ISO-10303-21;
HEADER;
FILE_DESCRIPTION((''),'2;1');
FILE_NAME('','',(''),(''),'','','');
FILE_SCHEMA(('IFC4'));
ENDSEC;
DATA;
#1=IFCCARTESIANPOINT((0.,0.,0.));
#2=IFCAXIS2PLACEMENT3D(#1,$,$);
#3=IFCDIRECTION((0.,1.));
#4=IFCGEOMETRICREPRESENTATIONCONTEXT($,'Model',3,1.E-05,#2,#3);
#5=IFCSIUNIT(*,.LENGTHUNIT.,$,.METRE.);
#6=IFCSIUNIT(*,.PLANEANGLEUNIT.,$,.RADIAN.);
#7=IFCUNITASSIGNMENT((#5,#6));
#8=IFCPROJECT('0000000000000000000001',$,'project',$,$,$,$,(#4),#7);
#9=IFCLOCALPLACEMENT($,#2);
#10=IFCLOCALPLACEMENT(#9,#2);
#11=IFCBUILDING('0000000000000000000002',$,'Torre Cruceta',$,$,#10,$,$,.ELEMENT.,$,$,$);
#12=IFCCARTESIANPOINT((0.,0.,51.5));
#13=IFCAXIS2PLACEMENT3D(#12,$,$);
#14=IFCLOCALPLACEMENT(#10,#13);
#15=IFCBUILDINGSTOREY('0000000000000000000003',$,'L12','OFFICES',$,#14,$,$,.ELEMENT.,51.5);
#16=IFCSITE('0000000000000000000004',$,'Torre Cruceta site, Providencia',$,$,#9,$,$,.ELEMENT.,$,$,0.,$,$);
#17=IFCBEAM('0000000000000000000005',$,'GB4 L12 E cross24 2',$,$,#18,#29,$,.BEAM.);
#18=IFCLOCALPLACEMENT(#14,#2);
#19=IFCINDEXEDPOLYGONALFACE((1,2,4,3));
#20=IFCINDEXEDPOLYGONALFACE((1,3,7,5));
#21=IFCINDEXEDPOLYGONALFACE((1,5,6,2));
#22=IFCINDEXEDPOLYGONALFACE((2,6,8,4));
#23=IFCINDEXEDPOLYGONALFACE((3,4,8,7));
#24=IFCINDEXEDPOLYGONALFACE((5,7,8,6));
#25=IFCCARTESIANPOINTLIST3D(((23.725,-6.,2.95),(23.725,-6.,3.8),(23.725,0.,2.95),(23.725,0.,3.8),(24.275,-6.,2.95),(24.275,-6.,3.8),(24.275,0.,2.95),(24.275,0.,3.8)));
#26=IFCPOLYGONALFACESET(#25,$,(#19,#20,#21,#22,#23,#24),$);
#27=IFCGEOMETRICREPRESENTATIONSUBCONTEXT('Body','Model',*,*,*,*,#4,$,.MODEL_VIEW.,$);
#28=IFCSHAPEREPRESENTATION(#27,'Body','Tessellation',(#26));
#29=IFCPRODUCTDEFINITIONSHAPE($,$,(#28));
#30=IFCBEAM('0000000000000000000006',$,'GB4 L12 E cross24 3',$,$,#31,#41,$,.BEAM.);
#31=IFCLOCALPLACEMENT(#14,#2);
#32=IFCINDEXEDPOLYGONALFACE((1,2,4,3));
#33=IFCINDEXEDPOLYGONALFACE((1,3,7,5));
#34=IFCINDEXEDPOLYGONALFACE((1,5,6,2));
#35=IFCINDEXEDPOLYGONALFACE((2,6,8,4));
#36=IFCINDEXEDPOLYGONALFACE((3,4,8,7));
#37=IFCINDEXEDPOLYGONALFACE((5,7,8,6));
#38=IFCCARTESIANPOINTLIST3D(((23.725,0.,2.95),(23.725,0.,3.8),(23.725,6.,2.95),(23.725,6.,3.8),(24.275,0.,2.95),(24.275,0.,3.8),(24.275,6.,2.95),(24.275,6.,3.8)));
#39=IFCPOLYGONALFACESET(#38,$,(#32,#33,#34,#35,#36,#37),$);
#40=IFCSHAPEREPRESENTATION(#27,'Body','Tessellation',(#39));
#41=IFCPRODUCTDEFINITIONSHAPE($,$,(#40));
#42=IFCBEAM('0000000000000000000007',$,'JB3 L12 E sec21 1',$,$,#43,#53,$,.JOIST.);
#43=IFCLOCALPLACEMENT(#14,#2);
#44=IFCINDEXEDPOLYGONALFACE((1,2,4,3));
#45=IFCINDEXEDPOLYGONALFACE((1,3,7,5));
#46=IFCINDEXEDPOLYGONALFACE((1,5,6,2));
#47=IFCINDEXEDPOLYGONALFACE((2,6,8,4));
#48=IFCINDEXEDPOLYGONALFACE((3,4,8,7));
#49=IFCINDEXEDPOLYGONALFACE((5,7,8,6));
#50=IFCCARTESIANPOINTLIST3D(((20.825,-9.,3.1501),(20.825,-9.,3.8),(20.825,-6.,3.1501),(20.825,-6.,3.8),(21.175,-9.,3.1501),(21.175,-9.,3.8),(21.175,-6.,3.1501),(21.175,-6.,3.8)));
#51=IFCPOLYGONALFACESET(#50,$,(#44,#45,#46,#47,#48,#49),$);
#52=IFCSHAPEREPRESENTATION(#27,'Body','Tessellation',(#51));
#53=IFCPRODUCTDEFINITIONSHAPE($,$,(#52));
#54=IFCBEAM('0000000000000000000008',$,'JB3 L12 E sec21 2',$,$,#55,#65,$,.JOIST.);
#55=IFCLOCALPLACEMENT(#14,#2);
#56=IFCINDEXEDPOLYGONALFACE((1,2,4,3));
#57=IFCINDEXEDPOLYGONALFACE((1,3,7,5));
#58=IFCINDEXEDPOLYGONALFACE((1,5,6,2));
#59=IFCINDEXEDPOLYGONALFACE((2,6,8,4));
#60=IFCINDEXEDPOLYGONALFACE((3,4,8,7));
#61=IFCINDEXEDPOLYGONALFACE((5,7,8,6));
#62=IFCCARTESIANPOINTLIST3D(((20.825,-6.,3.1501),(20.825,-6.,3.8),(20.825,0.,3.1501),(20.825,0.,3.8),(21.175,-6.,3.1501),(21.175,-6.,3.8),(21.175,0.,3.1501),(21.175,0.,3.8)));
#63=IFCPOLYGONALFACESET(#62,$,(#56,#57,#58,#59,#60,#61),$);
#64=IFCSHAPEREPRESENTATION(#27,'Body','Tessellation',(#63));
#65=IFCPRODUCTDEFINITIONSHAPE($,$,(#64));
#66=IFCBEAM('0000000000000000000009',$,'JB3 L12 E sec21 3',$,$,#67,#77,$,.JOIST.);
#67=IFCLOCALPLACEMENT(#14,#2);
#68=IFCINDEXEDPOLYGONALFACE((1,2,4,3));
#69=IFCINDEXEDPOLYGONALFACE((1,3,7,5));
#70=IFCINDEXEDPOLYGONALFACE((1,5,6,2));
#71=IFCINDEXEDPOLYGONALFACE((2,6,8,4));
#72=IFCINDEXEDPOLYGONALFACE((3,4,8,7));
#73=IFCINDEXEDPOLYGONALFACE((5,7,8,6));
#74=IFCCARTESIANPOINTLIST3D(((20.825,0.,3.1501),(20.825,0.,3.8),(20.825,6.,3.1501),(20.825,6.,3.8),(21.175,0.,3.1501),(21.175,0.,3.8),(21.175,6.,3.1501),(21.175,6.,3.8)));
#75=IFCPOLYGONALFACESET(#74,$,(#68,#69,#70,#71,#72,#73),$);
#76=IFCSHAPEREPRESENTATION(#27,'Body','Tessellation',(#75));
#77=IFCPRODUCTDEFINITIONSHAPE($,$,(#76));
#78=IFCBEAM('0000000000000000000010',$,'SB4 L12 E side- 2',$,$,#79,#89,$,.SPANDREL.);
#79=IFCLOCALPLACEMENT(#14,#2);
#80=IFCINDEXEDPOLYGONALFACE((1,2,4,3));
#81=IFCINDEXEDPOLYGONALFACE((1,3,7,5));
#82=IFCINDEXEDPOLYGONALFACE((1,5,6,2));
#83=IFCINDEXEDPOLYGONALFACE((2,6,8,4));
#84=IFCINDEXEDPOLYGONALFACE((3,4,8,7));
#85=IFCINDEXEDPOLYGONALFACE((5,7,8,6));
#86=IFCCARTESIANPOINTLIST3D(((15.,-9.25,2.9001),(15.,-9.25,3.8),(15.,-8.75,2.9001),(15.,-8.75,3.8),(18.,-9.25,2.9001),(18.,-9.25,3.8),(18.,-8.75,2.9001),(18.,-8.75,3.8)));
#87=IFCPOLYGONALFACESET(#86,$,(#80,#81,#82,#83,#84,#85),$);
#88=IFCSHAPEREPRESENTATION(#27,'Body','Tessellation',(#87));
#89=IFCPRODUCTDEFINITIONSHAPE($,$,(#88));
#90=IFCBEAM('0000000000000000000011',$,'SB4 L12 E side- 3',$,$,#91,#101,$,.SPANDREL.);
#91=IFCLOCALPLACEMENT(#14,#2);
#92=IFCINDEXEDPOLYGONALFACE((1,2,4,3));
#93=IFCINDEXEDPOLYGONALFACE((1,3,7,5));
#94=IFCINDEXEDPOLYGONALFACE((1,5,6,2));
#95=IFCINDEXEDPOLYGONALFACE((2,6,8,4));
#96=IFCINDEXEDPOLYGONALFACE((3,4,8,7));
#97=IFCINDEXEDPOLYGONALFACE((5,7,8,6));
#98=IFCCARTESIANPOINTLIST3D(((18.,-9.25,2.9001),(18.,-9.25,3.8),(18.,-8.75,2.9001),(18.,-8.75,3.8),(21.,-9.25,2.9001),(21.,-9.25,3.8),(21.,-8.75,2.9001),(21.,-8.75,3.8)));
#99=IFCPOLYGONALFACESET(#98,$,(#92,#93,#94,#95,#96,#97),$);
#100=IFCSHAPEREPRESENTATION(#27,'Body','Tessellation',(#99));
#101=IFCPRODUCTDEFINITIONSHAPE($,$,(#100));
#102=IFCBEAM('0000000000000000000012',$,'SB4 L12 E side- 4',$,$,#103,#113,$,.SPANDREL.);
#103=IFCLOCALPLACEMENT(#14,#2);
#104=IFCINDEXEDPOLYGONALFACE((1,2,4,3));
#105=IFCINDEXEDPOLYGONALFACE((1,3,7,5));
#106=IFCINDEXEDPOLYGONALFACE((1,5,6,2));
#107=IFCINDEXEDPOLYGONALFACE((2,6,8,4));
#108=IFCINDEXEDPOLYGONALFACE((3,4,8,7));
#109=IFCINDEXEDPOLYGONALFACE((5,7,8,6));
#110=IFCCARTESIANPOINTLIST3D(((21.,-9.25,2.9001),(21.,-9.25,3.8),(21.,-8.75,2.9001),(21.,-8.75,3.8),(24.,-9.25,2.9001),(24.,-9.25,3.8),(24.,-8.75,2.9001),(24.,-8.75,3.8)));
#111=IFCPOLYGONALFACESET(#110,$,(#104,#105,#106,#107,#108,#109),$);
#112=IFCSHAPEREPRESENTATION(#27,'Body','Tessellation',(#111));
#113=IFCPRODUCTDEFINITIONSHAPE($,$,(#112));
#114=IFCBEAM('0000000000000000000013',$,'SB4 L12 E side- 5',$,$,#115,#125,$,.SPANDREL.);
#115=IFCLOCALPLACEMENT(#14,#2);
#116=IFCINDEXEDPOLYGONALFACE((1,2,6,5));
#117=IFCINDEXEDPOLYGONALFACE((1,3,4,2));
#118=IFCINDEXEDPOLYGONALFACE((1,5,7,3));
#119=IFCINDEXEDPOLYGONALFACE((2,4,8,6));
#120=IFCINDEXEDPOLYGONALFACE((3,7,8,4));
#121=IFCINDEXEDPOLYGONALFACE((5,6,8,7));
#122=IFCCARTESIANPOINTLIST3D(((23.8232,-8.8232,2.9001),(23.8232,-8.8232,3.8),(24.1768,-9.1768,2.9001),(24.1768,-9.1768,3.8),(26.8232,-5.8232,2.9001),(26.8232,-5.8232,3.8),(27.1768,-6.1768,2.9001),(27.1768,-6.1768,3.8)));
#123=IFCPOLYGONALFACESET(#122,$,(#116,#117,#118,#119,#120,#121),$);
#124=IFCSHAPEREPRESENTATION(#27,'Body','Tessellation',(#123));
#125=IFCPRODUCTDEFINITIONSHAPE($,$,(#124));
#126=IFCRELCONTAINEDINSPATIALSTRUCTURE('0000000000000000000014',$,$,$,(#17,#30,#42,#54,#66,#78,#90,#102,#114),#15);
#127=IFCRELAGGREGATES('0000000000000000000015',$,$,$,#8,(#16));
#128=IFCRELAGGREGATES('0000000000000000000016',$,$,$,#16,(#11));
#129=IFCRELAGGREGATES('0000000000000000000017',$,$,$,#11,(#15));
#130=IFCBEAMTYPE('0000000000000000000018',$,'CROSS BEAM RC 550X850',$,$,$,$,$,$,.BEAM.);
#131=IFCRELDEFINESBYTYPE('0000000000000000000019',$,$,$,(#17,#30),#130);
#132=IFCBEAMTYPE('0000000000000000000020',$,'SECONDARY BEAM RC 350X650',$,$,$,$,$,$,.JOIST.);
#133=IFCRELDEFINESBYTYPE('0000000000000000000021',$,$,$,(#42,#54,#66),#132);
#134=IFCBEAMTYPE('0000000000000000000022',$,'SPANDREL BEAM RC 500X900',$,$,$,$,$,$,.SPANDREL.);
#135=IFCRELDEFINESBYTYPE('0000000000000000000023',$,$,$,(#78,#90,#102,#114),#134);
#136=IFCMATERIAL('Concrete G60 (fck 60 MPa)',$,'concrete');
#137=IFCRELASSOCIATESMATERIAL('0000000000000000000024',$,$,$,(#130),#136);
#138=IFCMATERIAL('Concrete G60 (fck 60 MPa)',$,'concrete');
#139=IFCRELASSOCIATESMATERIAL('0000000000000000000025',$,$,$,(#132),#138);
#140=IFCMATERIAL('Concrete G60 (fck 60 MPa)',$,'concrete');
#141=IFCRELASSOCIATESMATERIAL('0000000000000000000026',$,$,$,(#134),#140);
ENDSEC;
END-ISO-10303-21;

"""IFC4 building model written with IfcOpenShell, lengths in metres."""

from ifc_helpers import new_model, si_unit, direction, frame, origin, origin_2d, place, context, subcontext, project, spatial, rectangle, extrude, material, material_profile, profile_set, type_object, element, save


model = new_model("IFC4")

# Units and contexts
model_context = context("Model", 3, precision=1e-05, world=origin(), true_north=direction((0.0, 1.0)))
body_context = subcontext(model_context, "Body", "Model", "MODEL_VIEW")
ifc_project = project(units=[si_unit("LENGTHUNIT", "METRE"), si_unit("PLANEANGLEUNIT", "RADIAN")], contexts=[model_context])

# Site, building, storey
site_placement = place(None, origin())
site = spatial("IfcSite", under=ifc_project, at=site_placement, Name="Torre Cruceta site, Providencia", CompositionType="ELEMENT", RefElevation=0.0)
building_placement = place(site_placement, origin())
building = spatial("IfcBuilding", under=site, at=building_placement, Name="Torre Cruceta", CompositionType="ELEMENT")
storey_placement = place(building_placement, frame((0.0, 0.0, 51.5)))
storey = spatial("IfcBuildingStorey", under=building, at=storey_placement, Name="L12", Description="OFFICES", CompositionType="ELEMENT", Elevation=51.5)

# Beams
ifc_material_1 = material(Name="Concrete G60 (fck 60 MPa)", Category="concrete")
ifc_material_profile_1 = material_profile(ifc_material_1, rectangle(XDim=0.55, YDim=0.8501, at=origin_2d()), Name="RC 550X850")
ifc_profile_set_1 = profile_set([ifc_material_profile_1], Name="Concrete G60 (fck 60 MPa)")
beam_type_1 = type_object("IfcBeamType", Name="CROSS BEAM RC 550X850", PredefinedType="BEAM", material=ifc_profile_set_1)
for number, where, z_axis, x_axis, name in (
    (1, (24.0, -6.0, 3.375), (0.0, 1.0, 0.0), (-1.0, 0.0, 0.0), "GB4 L12 E cross24 2"),
    (2, (24.0, 0.0, 3.375), (0.0, 1.0, 0.0), (-1.0, 0.0, 0.0), "GB4 L12 E cross24 3"),
):
    element("IfcBeam", number, at=place(storey_placement, frame(where, z_axis=z_axis, x_axis=x_axis)), inside=storey, type_object=beam_type_1, Name=name, PredefinedType="BEAM", context=body_context, shape_type="SweptSolid", body=[
        extrude(rectangle(XDim=0.55, YDim=0.8501, at=origin_2d()), origin(), (0.0, 0.0, 1.0), 6.0),
    ])
ifc_material_2 = material(Name="Concrete G60 (fck 60 MPa)", Category="concrete")
ifc_material_profile_2 = material_profile(ifc_material_2, rectangle(XDim=0.3501, YDim=0.6499, at=origin_2d()), Name="RC 350X650")
ifc_profile_set_2 = profile_set([ifc_material_profile_2], Name="Concrete G60 (fck 60 MPa)")
beam_type_2 = type_object("IfcBeamType", Name="SECONDARY BEAM RC 350X650", PredefinedType="JOIST", material=ifc_profile_set_2)
beam_1_placement = place(storey_placement, frame((21.0, -9.0, 3.4751), z_axis=(0.0, 1.0, 0.0), x_axis=(-1.0, 0.0, 0.0)))
element("IfcBeam", 3, at=beam_1_placement, inside=storey, type_object=beam_type_2, Name="JB3 L12 E sec21 1", PredefinedType="JOIST", context=body_context, shape_type="SweptSolid", body=[
    extrude(rectangle(XDim=0.3501, YDim=0.6499, at=origin_2d()), origin(), (0.0, 0.0, 1.0), 3.0),
])
for number, where, z_axis, x_axis, name in (
    (4, (21.0, -6.0, 3.4751), (0.0, 1.0, 0.0), (-1.0, 0.0, 0.0), "JB3 L12 E sec21 2"),
    (5, (21.0, 0.0, 3.4751), (0.0, 1.0, 0.0), (-1.0, 0.0, 0.0), "JB3 L12 E sec21 3"),
):
    element("IfcBeam", number, at=place(storey_placement, frame(where, z_axis=z_axis, x_axis=x_axis)), inside=storey, type_object=beam_type_2, Name=name, PredefinedType="JOIST", context=body_context, shape_type="SweptSolid", body=[
        extrude(rectangle(XDim=0.3501, YDim=0.6499, at=origin_2d()), origin(), (0.0, 0.0, 1.0), 6.0),
    ])
ifc_material_3 = material(Name="Concrete G60 (fck 60 MPa)", Category="concrete")
ifc_material_profile_3 = material_profile(ifc_material_3, rectangle(XDim=0.5, YDim=0.8999, at=origin_2d()), Name="RC 500X900")
ifc_profile_set_3 = profile_set([ifc_material_profile_3], Name="Concrete G60 (fck 60 MPa)")
beam_type_3 = type_object("IfcBeamType", Name="SPANDREL BEAM RC 500X900", PredefinedType="SPANDREL", material=ifc_profile_set_3)
for number, where, z_axis, x_axis, name in (
    (6, (15.0, -9.0, 3.3501), (1.0, 0.0, 0.0), (0.0, 1.0, 0.0), "SB4 L12 E side- 2"),
    (7, (18.0, -9.0, 3.3501), (1.0, 0.0, 0.0), (0.0, 1.0, 0.0), "SB4 L12 E side- 3"),
    (8, (21.0, -9.0, 3.3501), (1.0, 0.0, 0.0), (0.0, 1.0, 0.0), "SB4 L12 E side- 4"),
):
    element("IfcBeam", number, at=place(storey_placement, frame(where, z_axis=z_axis, x_axis=x_axis)), inside=storey, type_object=beam_type_3, Name=name, PredefinedType="SPANDREL", context=body_context, shape_type="SweptSolid", body=[
        extrude(rectangle(XDim=0.5, YDim=0.8999, at=origin_2d()), origin(), (0.0, 0.0, 1.0), 3.0),
    ])
beam_2_placement = place(storey_placement, frame((24.0, -9.0, 3.3501), z_axis=(0.707107, 0.707107, 0.0), x_axis=(-0.707107, 0.707107, 0.0)))
element("IfcBeam", 9, at=beam_2_placement, inside=storey, type_object=beam_type_3, Name="SB4 L12 E side- 5", PredefinedType="SPANDREL", context=body_context, shape_type="SweptSolid", body=[
    extrude(rectangle(XDim=0.5, YDim=0.8999, at=origin_2d()), origin(), (0.0, 0.0, 1.0), 4.2427),
])

save(model, "model.ifc")
